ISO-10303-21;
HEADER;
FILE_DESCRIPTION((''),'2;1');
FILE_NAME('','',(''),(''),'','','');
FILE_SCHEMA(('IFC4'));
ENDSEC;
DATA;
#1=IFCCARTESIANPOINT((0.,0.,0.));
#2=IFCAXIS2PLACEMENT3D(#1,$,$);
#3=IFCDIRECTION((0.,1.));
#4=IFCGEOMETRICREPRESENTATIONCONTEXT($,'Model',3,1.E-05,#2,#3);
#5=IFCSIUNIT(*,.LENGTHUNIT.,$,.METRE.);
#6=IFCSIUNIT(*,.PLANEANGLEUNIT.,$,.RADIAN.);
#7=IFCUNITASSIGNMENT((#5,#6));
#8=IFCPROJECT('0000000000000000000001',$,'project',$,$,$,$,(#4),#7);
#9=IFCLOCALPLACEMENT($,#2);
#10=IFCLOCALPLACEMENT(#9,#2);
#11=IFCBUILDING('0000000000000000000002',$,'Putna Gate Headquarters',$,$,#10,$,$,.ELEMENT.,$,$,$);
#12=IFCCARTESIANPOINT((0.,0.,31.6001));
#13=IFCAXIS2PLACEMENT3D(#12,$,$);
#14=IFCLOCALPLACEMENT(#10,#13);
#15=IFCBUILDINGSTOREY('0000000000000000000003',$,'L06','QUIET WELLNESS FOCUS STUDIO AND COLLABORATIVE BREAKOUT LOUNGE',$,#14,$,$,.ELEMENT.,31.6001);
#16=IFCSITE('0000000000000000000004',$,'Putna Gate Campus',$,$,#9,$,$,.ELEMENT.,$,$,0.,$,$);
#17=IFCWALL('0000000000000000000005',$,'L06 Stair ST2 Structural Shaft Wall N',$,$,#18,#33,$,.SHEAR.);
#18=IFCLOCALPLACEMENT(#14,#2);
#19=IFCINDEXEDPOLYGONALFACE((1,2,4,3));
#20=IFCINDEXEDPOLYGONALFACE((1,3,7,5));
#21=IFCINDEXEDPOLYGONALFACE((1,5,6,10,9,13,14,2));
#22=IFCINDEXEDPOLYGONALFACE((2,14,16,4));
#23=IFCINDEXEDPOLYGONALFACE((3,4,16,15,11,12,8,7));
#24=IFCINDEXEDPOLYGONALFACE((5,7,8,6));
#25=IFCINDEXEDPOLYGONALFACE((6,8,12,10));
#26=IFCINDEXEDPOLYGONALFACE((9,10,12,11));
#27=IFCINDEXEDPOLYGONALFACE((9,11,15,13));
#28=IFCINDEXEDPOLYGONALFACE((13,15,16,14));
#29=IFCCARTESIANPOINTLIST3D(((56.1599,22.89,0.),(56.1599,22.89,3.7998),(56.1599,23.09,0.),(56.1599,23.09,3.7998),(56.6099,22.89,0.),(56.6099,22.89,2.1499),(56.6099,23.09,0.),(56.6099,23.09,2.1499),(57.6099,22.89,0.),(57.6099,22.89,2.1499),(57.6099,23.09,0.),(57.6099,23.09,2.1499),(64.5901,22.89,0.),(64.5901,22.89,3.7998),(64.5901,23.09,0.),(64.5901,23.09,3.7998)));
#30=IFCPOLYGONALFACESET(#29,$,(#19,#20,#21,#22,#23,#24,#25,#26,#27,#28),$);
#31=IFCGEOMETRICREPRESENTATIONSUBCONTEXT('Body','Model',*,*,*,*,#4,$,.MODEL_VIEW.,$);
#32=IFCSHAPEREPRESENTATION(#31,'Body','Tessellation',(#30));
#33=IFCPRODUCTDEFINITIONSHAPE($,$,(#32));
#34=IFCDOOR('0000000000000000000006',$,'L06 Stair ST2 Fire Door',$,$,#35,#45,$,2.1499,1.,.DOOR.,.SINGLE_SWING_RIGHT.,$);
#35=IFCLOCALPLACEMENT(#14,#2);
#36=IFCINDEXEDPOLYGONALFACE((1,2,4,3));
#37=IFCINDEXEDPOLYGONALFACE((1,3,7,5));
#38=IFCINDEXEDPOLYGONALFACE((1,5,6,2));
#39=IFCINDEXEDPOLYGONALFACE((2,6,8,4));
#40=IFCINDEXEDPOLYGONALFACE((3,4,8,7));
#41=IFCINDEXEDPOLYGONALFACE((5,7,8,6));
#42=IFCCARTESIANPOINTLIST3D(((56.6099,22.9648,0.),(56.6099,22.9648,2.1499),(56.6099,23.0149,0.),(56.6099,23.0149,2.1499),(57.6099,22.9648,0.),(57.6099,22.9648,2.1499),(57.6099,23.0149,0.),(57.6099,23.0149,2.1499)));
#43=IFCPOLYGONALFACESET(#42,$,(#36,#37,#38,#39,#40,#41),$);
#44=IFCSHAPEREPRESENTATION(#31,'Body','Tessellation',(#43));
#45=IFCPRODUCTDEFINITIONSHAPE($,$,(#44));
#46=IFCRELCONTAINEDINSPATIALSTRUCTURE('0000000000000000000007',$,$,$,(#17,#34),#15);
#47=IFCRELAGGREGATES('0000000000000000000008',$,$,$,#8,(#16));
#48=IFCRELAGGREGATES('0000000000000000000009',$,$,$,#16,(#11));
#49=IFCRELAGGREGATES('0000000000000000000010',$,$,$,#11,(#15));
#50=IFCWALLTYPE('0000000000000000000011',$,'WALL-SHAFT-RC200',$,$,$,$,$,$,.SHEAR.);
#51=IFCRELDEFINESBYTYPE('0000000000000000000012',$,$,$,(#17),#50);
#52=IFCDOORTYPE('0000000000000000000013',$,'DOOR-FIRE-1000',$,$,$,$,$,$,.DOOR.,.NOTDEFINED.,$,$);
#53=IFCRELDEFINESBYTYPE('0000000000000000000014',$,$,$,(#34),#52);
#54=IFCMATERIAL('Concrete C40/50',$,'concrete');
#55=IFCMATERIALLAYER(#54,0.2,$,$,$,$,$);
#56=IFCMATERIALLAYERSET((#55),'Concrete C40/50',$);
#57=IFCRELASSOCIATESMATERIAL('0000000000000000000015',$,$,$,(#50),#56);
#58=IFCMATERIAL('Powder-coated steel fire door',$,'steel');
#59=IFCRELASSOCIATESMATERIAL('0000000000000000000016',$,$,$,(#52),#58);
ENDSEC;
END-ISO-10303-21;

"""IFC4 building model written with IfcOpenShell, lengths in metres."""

from ifc_helpers import new_model, si_unit, direction, frame, frame_2d, origin, place, context, subcontext, project, spatial, rectangle, extrude, material, layer, layer_set, type_object, element, fill, save


model = new_model("IFC4")

# Units and contexts
model_context = context("Model", 3, precision=1e-05, world=origin(), true_north=direction((0.0, 1.0)))
body_context = subcontext(model_context, "Body", "Model", "MODEL_VIEW")
ifc_project = project(units=[si_unit("LENGTHUNIT", "METRE"), si_unit("PLANEANGLEUNIT", "RADIAN")], contexts=[model_context])

# Site, building, storey
site_placement = place(None, origin())
site = spatial("IfcSite", under=ifc_project, at=site_placement, Name="Putna Gate Campus", CompositionType="ELEMENT", RefElevation=0.0)
building_placement = place(site_placement, origin())
building = spatial("IfcBuilding", under=site, at=building_placement, Name="Putna Gate Headquarters", CompositionType="ELEMENT")
storey_placement = place(building_placement, frame((0.0, 0.0, 31.6001)))
storey = spatial("IfcBuildingStorey", under=building, at=storey_placement, Name="L06", Description="QUIET WELLNESS FOCUS STUDIO AND COLLABORATIVE BREAKOUT LOUNGE", CompositionType="ELEMENT", Elevation=31.6001)

# Shared definitions
ifc_material_1 = material(Name="Concrete C40/50", Category="concrete")

# Wall, opening, door
ifc_layer_1 = layer(ifc_material_1, 0.2)
ifc_layer_set_1 = layer_set([ifc_layer_1], Name="Concrete C40/50")
wall_type_1 = type_object("IfcWallType", Name="WALL-SHAFT-RC200", PredefinedType="SHEAR", material=ifc_layer_set_1)
wall_1_placement = place(storey_placement, frame((56.1599, 22.99, 0.0), z_axis=(0.0, 0.0, 1.0), x_axis=(1.0, 0.0, 0.0)))
wall_1 = element("IfcWall", 1, at=wall_1_placement, inside=storey, type_object=wall_type_1, Name="L06 Stair ST2 Structural Shaft Wall N", PredefinedType="SHEAR", context=body_context, shape_type="SweptSolid", body=[
    extrude(rectangle(XDim=8.4302, YDim=0.2, at=frame_2d((4.2151, 0.0))), origin(), (0.0, 0.0, 1.0), 3.7998),
])
opening_1_placement = place(wall_1_placement, frame((0.45, 0.0, 0.0)))
opening_1 = element("IfcOpeningElement", 2, at=opening_1_placement, cuts=wall_1, PredefinedType="OPENING", context=body_context, shape_type="SweptSolid", body=[
    extrude(rectangle(XDim=1.0, YDim=2.1499, at=frame_2d((0.5, 1.075))), frame((0.0, 0.1099, 0.0), z_axis=(0.0, -1.0, 0.0), x_axis=(1.0, 0.0, 0.0)), (0.0, 0.0, 1.0), 0.22),
])
ifc_material_2 = material(Name="Powder-coated steel fire door", Category="steel")
door_type_1 = type_object("IfcDoorType", Name="DOOR-FIRE-1000", OperationType="NOTDEFINED", PredefinedType="DOOR", material=ifc_material_2)
door_1_placement = place(opening_1_placement, origin())
door_1 = element("IfcDoor", 3, at=door_1_placement, inside=storey, type_object=door_type_1, Name="L06 Stair ST2 Fire Door", OperationType="SINGLE_SWING_RIGHT", OverallHeight=2.1499, OverallWidth=1.0, PredefinedType="DOOR", context=body_context, shape_type="SweptSolid", body=[
    extrude(rectangle(XDim=1.0, YDim=2.1499, at=frame_2d((0.5, 1.075))), frame((0.0, 0.0249, 0.0), z_axis=(0.0, -1.0, 0.0), x_axis=(1.0, 0.0, 0.0)), (0.0, 0.0, 1.0), 0.05),
])
fill(opening_1, door_1)

save(model, "model.ifc")
